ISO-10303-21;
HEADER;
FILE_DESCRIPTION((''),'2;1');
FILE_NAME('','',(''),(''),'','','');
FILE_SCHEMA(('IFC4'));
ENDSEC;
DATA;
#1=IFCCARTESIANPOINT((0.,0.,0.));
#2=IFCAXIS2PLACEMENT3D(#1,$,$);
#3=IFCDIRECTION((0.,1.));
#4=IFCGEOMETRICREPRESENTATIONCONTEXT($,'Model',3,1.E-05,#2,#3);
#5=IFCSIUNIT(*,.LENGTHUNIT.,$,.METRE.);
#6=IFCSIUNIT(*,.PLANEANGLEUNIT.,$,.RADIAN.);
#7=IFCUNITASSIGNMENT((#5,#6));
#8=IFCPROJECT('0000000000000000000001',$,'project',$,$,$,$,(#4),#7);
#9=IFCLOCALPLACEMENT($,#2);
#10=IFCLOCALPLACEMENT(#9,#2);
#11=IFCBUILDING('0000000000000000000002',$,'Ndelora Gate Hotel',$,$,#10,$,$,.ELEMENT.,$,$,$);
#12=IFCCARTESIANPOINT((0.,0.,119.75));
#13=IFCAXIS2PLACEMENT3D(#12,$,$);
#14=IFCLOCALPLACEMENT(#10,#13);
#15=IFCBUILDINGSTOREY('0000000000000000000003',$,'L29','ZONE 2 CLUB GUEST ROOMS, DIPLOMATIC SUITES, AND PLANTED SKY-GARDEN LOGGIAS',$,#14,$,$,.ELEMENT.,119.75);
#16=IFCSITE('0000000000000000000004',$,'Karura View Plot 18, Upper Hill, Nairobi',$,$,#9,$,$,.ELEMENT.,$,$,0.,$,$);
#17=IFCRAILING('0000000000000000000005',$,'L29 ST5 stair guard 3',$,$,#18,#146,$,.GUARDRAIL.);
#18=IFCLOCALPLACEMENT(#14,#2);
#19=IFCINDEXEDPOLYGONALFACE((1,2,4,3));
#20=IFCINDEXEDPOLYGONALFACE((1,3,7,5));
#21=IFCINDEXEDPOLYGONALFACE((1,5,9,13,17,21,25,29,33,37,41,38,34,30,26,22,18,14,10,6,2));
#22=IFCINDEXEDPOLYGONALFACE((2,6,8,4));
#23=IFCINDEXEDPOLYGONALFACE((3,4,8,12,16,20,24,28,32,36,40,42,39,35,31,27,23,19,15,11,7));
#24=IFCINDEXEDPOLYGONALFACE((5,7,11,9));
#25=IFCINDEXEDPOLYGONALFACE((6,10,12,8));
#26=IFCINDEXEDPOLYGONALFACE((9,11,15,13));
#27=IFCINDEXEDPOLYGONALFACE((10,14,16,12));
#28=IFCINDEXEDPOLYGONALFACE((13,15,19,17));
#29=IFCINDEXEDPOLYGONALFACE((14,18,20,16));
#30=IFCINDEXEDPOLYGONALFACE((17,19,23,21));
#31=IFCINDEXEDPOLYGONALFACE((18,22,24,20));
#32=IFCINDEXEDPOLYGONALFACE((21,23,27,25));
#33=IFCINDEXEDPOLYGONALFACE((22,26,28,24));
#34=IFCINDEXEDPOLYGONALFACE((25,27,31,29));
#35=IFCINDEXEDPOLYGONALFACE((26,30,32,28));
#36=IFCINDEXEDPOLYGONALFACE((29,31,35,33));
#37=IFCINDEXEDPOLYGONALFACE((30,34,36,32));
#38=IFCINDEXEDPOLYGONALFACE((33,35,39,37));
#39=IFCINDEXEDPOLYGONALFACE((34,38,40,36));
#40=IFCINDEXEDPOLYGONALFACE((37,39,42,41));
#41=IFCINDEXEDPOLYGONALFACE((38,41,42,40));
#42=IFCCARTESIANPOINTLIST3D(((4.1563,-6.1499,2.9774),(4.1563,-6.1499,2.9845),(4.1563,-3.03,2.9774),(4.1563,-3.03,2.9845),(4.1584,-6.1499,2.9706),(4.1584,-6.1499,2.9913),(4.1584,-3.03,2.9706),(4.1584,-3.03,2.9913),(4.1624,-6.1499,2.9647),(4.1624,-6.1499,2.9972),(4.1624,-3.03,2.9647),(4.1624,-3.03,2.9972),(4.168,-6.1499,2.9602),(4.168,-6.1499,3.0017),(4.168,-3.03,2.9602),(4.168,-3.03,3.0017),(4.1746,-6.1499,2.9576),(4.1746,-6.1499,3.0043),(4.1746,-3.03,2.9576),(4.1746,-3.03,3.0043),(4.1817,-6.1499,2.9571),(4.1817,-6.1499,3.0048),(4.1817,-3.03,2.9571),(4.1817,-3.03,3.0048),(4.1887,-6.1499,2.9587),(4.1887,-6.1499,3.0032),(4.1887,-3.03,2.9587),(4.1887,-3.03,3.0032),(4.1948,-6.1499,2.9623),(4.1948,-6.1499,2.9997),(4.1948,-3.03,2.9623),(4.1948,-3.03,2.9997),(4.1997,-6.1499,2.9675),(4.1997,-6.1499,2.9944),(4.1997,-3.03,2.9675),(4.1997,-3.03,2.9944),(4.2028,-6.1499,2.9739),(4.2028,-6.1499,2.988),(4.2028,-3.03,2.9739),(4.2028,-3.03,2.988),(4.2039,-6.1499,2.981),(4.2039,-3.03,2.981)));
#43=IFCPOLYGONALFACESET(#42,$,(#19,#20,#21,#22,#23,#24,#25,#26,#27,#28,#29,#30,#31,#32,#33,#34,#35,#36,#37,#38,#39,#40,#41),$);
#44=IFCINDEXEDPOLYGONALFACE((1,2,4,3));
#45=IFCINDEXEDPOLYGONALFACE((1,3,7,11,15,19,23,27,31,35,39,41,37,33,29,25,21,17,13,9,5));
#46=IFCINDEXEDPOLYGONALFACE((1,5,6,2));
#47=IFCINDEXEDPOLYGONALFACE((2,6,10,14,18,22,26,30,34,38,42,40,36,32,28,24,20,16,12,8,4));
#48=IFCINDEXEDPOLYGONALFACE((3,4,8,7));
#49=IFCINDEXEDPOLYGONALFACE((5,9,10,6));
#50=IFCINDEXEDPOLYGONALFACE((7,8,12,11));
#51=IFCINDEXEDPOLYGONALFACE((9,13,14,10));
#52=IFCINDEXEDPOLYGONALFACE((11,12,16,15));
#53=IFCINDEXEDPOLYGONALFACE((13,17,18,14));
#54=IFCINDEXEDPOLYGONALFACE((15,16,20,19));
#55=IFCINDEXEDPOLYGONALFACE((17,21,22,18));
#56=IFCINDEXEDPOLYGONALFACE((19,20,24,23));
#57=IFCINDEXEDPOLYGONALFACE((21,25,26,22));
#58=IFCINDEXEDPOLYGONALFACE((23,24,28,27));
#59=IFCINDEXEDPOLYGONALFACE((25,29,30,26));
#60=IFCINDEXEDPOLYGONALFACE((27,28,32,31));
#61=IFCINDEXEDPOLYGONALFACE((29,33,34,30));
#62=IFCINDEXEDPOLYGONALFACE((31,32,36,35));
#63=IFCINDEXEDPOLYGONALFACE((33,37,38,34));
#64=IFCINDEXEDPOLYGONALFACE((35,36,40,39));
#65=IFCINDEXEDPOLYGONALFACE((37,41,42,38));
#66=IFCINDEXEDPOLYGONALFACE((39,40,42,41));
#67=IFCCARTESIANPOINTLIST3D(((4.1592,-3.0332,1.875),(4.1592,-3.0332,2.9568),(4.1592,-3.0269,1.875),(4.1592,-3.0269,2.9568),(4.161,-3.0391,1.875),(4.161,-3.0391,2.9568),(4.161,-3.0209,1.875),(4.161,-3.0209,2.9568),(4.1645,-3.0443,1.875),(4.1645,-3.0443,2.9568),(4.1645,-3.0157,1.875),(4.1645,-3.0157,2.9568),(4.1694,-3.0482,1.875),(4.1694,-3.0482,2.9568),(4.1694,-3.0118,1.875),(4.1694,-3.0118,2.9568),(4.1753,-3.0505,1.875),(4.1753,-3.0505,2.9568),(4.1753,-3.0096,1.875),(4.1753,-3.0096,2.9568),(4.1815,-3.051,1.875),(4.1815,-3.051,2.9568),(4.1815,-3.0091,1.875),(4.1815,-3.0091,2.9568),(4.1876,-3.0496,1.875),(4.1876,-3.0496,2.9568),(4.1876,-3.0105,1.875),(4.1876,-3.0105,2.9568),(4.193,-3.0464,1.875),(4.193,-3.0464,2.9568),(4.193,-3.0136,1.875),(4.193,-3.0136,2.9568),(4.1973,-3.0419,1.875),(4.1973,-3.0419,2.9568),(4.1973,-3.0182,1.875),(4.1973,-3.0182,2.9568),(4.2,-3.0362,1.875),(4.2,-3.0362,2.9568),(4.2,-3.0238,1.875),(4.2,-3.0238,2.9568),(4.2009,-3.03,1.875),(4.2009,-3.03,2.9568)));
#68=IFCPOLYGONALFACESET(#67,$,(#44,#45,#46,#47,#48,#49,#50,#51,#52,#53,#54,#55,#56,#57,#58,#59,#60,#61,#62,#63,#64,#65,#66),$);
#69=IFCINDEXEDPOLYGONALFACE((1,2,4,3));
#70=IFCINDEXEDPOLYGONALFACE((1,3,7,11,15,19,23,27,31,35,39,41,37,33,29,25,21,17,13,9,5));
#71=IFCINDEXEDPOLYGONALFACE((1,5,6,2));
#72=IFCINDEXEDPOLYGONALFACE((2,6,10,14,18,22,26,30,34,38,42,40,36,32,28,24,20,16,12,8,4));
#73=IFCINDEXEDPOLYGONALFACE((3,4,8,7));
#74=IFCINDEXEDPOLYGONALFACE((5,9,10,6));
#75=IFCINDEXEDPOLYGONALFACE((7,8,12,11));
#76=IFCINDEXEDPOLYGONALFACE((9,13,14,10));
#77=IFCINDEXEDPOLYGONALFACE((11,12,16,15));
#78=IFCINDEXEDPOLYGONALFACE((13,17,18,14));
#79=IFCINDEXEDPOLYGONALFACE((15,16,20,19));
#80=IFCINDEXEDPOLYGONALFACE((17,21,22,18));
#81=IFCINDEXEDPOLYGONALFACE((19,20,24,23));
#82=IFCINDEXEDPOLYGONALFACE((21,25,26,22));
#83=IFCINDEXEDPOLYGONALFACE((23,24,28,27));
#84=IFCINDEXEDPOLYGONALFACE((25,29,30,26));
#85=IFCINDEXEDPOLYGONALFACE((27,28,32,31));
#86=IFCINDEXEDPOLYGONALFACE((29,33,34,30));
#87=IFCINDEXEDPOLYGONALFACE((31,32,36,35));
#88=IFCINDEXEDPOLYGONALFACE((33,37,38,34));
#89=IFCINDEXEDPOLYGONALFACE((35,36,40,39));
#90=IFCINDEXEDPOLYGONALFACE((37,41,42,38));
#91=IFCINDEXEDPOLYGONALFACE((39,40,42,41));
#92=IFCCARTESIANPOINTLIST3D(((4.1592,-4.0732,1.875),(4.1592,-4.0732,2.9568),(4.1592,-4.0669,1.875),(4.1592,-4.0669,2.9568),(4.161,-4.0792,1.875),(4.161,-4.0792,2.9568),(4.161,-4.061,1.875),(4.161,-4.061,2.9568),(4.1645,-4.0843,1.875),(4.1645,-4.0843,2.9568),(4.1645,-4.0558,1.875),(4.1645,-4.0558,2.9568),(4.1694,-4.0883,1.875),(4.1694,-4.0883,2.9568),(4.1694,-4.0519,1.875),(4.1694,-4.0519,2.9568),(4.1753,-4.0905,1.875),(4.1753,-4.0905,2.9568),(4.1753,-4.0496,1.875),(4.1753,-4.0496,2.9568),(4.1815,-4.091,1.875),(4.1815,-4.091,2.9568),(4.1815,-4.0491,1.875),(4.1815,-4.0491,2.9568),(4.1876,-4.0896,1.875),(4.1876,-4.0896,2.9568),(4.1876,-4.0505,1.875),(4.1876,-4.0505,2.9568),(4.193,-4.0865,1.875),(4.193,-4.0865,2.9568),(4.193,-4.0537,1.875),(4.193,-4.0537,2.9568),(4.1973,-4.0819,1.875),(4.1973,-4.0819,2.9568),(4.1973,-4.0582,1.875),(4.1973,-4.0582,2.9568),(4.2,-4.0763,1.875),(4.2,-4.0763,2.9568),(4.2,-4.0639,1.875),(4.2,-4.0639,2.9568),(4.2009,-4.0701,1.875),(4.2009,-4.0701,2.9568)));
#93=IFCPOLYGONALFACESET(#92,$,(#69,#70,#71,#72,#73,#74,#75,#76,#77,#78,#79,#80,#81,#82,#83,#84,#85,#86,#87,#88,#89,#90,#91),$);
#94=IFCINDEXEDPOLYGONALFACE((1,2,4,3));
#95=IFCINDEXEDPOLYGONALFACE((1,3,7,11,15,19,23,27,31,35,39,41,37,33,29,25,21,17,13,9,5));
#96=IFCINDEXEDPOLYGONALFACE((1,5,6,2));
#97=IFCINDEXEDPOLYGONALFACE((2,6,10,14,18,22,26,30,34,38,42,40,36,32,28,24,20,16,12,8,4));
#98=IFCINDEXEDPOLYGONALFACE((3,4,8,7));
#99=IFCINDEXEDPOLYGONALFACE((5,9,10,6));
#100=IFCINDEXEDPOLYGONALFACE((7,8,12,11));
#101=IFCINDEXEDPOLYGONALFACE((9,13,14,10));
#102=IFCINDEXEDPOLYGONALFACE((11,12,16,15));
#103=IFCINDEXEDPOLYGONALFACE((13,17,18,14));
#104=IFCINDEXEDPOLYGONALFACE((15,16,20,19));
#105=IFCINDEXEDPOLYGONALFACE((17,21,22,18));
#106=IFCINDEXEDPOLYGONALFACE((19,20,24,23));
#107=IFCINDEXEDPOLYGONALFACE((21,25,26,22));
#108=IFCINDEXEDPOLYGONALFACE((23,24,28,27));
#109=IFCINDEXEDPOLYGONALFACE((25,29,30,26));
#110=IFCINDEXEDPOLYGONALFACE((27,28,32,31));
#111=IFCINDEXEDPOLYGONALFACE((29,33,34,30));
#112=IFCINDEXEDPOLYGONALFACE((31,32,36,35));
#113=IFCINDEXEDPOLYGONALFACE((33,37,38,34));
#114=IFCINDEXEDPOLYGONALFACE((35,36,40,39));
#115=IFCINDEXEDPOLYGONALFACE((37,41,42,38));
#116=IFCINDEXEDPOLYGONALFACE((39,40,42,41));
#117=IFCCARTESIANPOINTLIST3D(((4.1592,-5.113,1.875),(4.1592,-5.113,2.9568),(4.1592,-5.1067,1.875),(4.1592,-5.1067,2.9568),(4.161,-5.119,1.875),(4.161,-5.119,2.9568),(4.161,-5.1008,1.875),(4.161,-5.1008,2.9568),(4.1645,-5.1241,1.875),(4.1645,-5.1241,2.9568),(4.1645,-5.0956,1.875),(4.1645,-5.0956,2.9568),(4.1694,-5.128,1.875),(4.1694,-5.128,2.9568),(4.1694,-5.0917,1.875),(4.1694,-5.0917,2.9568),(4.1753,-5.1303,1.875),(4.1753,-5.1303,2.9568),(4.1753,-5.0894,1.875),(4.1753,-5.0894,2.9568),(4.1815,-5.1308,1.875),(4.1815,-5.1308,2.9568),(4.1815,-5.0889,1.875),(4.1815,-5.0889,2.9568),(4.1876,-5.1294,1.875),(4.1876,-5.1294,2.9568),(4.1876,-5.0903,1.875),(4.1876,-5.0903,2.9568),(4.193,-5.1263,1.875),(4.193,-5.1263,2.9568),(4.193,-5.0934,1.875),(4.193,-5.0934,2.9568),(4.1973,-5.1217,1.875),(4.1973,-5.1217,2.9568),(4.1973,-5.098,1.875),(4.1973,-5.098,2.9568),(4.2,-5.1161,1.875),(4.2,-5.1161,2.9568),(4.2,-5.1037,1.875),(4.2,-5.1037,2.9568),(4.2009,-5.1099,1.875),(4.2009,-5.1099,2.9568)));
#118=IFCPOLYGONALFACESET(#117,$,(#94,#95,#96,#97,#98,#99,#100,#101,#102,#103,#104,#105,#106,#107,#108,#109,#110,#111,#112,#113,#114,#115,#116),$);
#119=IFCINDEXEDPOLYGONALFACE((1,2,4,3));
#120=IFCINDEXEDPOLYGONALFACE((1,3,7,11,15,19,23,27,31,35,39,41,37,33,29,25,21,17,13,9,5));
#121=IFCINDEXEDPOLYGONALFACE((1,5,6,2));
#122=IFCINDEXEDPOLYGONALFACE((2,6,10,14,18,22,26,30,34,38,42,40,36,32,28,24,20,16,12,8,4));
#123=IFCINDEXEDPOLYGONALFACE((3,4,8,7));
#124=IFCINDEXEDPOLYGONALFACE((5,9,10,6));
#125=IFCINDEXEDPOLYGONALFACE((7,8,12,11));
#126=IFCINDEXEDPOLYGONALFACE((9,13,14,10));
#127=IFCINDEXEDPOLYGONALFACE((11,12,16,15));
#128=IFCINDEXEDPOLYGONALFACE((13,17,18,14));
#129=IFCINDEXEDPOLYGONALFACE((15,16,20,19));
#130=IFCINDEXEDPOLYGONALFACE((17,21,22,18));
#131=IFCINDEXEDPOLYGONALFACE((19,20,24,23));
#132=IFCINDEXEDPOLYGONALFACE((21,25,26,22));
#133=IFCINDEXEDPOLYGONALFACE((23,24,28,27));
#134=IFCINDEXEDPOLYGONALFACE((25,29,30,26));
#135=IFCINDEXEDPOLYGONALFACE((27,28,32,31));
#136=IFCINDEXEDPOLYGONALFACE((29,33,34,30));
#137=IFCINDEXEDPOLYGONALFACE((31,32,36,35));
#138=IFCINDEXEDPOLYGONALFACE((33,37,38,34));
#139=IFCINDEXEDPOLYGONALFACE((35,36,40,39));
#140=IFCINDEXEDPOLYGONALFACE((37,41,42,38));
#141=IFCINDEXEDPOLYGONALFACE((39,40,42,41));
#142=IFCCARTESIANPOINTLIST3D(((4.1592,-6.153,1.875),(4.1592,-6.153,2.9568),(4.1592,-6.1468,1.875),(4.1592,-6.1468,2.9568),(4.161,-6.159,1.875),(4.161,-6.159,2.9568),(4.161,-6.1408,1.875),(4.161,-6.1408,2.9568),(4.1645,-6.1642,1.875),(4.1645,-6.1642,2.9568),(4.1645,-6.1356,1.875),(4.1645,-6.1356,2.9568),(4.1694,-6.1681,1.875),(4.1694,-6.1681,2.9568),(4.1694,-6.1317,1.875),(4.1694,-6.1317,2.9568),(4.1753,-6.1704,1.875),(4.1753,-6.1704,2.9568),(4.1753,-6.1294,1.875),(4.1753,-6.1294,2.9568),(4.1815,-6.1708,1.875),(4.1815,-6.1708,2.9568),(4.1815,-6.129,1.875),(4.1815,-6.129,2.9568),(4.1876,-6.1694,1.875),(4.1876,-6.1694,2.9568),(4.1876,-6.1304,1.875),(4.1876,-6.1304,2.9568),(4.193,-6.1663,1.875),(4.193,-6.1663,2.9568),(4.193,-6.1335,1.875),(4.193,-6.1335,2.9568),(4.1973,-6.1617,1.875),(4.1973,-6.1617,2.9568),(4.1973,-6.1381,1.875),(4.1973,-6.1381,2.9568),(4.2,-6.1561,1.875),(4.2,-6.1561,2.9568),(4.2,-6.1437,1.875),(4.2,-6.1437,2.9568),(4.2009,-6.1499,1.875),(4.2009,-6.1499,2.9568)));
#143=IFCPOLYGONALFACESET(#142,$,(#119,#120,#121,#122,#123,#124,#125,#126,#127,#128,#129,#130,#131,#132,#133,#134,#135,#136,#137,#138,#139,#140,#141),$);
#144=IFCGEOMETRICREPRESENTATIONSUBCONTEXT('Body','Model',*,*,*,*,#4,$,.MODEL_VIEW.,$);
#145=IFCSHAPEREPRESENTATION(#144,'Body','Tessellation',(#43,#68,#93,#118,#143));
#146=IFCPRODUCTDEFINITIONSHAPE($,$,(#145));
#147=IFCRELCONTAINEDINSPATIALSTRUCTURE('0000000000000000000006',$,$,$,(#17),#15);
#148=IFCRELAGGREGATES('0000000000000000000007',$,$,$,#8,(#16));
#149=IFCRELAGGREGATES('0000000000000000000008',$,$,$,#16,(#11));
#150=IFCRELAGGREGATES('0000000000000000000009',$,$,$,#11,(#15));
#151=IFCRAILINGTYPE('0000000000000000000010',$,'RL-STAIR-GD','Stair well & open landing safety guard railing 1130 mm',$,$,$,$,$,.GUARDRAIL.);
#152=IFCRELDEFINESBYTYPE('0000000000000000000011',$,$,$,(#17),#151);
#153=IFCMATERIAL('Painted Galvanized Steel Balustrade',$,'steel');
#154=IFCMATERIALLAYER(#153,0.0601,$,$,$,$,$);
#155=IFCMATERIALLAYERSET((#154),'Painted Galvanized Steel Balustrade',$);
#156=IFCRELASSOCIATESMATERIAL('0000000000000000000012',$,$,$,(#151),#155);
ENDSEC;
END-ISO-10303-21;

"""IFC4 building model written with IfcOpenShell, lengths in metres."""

from ifc_helpers import new_model, si_unit, direction, frame, origin, origin_2d, place, context, subcontext, project, spatial, circle, extrude, material, layer, layer_set, type_object, element, save


model = new_model("IFC4")

# Units and contexts
model_context = context("Model", 3, precision=1e-05, world=origin(), true_north=direction((0.0, 1.0)))
body_context = subcontext(model_context, "Body", "Model", "MODEL_VIEW")
ifc_project = project(units=[si_unit("LENGTHUNIT", "METRE"), si_unit("PLANEANGLEUNIT", "RADIAN")], contexts=[model_context])

# Site, building, storey
site_placement = place(None, origin())
site = spatial("IfcSite", under=ifc_project, at=site_placement, Name="Karura View Plot 18, Upper Hill, Nairobi", CompositionType="ELEMENT", RefElevation=0.0)
building_placement = place(site_placement, origin())
building = spatial("IfcBuilding", under=site, at=building_placement, Name="Ndelora Gate Hotel", CompositionType="ELEMENT")
storey_placement = place(building_placement, frame((0.0, 0.0, 119.75)))
storey = spatial("IfcBuildingStorey", under=building, at=storey_placement, Name="L29", Description="ZONE 2 CLUB GUEST ROOMS, DIPLOMATIC SUITES, AND PLANTED SKY-GARDEN LOGGIAS", CompositionType="ELEMENT", Elevation=119.75)

# Railing
ifc_material_1 = material(Name="Painted Galvanized Steel Balustrade", Category="steel")
ifc_layer_1 = layer(ifc_material_1, 0.0601)
ifc_layer_set_1 = layer_set([ifc_layer_1], Name="Painted Galvanized Steel Balustrade")
railing_type_1 = type_object("IfcRailingType", Name="RL-STAIR-GD", Description="Stair well & open landing safety guard railing 1130 mm", PredefinedType="GUARDRAIL", material=ifc_layer_set_1)
railing_1_placement = place(storey_placement, frame((4.1799, -3.03, 1.875)))
element("IfcRailing", 1, at=railing_1_placement, inside=storey, type_object=railing_type_1, Name="L29 ST5 stair guard 3", PredefinedType="GUARDRAIL", context=body_context, shape_type="SweptSolid", body=[
    extrude(circle(Radius=0.0239, at=origin_2d()), frame((0.0, 0.0, 1.106), z_axis=(0.0, -1.0, 0.0), x_axis=(1.0, 0.0, 0.0)), (0.0, 0.0, 1.0), 3.1199),
    extrude(circle(Radius=0.021, at=origin_2d()), origin(), (0.0, 0.0, 1.0), 1.0818),
    extrude(circle(Radius=0.021, at=origin_2d()), frame((0.0, -1.04, 0.0)), (0.0, 0.0, 1.0), 1.0818),
    extrude(circle(Radius=0.021, at=origin_2d()), frame((0.0, -2.0798, 0.0)), (0.0, 0.0, 1.0), 1.0818),
    extrude(circle(Radius=0.021, at=origin_2d()), frame((0.0, -3.1199, 0.0)), (0.0, 0.0, 1.0), 1.0818),
])

save(model, "model.ifc")
